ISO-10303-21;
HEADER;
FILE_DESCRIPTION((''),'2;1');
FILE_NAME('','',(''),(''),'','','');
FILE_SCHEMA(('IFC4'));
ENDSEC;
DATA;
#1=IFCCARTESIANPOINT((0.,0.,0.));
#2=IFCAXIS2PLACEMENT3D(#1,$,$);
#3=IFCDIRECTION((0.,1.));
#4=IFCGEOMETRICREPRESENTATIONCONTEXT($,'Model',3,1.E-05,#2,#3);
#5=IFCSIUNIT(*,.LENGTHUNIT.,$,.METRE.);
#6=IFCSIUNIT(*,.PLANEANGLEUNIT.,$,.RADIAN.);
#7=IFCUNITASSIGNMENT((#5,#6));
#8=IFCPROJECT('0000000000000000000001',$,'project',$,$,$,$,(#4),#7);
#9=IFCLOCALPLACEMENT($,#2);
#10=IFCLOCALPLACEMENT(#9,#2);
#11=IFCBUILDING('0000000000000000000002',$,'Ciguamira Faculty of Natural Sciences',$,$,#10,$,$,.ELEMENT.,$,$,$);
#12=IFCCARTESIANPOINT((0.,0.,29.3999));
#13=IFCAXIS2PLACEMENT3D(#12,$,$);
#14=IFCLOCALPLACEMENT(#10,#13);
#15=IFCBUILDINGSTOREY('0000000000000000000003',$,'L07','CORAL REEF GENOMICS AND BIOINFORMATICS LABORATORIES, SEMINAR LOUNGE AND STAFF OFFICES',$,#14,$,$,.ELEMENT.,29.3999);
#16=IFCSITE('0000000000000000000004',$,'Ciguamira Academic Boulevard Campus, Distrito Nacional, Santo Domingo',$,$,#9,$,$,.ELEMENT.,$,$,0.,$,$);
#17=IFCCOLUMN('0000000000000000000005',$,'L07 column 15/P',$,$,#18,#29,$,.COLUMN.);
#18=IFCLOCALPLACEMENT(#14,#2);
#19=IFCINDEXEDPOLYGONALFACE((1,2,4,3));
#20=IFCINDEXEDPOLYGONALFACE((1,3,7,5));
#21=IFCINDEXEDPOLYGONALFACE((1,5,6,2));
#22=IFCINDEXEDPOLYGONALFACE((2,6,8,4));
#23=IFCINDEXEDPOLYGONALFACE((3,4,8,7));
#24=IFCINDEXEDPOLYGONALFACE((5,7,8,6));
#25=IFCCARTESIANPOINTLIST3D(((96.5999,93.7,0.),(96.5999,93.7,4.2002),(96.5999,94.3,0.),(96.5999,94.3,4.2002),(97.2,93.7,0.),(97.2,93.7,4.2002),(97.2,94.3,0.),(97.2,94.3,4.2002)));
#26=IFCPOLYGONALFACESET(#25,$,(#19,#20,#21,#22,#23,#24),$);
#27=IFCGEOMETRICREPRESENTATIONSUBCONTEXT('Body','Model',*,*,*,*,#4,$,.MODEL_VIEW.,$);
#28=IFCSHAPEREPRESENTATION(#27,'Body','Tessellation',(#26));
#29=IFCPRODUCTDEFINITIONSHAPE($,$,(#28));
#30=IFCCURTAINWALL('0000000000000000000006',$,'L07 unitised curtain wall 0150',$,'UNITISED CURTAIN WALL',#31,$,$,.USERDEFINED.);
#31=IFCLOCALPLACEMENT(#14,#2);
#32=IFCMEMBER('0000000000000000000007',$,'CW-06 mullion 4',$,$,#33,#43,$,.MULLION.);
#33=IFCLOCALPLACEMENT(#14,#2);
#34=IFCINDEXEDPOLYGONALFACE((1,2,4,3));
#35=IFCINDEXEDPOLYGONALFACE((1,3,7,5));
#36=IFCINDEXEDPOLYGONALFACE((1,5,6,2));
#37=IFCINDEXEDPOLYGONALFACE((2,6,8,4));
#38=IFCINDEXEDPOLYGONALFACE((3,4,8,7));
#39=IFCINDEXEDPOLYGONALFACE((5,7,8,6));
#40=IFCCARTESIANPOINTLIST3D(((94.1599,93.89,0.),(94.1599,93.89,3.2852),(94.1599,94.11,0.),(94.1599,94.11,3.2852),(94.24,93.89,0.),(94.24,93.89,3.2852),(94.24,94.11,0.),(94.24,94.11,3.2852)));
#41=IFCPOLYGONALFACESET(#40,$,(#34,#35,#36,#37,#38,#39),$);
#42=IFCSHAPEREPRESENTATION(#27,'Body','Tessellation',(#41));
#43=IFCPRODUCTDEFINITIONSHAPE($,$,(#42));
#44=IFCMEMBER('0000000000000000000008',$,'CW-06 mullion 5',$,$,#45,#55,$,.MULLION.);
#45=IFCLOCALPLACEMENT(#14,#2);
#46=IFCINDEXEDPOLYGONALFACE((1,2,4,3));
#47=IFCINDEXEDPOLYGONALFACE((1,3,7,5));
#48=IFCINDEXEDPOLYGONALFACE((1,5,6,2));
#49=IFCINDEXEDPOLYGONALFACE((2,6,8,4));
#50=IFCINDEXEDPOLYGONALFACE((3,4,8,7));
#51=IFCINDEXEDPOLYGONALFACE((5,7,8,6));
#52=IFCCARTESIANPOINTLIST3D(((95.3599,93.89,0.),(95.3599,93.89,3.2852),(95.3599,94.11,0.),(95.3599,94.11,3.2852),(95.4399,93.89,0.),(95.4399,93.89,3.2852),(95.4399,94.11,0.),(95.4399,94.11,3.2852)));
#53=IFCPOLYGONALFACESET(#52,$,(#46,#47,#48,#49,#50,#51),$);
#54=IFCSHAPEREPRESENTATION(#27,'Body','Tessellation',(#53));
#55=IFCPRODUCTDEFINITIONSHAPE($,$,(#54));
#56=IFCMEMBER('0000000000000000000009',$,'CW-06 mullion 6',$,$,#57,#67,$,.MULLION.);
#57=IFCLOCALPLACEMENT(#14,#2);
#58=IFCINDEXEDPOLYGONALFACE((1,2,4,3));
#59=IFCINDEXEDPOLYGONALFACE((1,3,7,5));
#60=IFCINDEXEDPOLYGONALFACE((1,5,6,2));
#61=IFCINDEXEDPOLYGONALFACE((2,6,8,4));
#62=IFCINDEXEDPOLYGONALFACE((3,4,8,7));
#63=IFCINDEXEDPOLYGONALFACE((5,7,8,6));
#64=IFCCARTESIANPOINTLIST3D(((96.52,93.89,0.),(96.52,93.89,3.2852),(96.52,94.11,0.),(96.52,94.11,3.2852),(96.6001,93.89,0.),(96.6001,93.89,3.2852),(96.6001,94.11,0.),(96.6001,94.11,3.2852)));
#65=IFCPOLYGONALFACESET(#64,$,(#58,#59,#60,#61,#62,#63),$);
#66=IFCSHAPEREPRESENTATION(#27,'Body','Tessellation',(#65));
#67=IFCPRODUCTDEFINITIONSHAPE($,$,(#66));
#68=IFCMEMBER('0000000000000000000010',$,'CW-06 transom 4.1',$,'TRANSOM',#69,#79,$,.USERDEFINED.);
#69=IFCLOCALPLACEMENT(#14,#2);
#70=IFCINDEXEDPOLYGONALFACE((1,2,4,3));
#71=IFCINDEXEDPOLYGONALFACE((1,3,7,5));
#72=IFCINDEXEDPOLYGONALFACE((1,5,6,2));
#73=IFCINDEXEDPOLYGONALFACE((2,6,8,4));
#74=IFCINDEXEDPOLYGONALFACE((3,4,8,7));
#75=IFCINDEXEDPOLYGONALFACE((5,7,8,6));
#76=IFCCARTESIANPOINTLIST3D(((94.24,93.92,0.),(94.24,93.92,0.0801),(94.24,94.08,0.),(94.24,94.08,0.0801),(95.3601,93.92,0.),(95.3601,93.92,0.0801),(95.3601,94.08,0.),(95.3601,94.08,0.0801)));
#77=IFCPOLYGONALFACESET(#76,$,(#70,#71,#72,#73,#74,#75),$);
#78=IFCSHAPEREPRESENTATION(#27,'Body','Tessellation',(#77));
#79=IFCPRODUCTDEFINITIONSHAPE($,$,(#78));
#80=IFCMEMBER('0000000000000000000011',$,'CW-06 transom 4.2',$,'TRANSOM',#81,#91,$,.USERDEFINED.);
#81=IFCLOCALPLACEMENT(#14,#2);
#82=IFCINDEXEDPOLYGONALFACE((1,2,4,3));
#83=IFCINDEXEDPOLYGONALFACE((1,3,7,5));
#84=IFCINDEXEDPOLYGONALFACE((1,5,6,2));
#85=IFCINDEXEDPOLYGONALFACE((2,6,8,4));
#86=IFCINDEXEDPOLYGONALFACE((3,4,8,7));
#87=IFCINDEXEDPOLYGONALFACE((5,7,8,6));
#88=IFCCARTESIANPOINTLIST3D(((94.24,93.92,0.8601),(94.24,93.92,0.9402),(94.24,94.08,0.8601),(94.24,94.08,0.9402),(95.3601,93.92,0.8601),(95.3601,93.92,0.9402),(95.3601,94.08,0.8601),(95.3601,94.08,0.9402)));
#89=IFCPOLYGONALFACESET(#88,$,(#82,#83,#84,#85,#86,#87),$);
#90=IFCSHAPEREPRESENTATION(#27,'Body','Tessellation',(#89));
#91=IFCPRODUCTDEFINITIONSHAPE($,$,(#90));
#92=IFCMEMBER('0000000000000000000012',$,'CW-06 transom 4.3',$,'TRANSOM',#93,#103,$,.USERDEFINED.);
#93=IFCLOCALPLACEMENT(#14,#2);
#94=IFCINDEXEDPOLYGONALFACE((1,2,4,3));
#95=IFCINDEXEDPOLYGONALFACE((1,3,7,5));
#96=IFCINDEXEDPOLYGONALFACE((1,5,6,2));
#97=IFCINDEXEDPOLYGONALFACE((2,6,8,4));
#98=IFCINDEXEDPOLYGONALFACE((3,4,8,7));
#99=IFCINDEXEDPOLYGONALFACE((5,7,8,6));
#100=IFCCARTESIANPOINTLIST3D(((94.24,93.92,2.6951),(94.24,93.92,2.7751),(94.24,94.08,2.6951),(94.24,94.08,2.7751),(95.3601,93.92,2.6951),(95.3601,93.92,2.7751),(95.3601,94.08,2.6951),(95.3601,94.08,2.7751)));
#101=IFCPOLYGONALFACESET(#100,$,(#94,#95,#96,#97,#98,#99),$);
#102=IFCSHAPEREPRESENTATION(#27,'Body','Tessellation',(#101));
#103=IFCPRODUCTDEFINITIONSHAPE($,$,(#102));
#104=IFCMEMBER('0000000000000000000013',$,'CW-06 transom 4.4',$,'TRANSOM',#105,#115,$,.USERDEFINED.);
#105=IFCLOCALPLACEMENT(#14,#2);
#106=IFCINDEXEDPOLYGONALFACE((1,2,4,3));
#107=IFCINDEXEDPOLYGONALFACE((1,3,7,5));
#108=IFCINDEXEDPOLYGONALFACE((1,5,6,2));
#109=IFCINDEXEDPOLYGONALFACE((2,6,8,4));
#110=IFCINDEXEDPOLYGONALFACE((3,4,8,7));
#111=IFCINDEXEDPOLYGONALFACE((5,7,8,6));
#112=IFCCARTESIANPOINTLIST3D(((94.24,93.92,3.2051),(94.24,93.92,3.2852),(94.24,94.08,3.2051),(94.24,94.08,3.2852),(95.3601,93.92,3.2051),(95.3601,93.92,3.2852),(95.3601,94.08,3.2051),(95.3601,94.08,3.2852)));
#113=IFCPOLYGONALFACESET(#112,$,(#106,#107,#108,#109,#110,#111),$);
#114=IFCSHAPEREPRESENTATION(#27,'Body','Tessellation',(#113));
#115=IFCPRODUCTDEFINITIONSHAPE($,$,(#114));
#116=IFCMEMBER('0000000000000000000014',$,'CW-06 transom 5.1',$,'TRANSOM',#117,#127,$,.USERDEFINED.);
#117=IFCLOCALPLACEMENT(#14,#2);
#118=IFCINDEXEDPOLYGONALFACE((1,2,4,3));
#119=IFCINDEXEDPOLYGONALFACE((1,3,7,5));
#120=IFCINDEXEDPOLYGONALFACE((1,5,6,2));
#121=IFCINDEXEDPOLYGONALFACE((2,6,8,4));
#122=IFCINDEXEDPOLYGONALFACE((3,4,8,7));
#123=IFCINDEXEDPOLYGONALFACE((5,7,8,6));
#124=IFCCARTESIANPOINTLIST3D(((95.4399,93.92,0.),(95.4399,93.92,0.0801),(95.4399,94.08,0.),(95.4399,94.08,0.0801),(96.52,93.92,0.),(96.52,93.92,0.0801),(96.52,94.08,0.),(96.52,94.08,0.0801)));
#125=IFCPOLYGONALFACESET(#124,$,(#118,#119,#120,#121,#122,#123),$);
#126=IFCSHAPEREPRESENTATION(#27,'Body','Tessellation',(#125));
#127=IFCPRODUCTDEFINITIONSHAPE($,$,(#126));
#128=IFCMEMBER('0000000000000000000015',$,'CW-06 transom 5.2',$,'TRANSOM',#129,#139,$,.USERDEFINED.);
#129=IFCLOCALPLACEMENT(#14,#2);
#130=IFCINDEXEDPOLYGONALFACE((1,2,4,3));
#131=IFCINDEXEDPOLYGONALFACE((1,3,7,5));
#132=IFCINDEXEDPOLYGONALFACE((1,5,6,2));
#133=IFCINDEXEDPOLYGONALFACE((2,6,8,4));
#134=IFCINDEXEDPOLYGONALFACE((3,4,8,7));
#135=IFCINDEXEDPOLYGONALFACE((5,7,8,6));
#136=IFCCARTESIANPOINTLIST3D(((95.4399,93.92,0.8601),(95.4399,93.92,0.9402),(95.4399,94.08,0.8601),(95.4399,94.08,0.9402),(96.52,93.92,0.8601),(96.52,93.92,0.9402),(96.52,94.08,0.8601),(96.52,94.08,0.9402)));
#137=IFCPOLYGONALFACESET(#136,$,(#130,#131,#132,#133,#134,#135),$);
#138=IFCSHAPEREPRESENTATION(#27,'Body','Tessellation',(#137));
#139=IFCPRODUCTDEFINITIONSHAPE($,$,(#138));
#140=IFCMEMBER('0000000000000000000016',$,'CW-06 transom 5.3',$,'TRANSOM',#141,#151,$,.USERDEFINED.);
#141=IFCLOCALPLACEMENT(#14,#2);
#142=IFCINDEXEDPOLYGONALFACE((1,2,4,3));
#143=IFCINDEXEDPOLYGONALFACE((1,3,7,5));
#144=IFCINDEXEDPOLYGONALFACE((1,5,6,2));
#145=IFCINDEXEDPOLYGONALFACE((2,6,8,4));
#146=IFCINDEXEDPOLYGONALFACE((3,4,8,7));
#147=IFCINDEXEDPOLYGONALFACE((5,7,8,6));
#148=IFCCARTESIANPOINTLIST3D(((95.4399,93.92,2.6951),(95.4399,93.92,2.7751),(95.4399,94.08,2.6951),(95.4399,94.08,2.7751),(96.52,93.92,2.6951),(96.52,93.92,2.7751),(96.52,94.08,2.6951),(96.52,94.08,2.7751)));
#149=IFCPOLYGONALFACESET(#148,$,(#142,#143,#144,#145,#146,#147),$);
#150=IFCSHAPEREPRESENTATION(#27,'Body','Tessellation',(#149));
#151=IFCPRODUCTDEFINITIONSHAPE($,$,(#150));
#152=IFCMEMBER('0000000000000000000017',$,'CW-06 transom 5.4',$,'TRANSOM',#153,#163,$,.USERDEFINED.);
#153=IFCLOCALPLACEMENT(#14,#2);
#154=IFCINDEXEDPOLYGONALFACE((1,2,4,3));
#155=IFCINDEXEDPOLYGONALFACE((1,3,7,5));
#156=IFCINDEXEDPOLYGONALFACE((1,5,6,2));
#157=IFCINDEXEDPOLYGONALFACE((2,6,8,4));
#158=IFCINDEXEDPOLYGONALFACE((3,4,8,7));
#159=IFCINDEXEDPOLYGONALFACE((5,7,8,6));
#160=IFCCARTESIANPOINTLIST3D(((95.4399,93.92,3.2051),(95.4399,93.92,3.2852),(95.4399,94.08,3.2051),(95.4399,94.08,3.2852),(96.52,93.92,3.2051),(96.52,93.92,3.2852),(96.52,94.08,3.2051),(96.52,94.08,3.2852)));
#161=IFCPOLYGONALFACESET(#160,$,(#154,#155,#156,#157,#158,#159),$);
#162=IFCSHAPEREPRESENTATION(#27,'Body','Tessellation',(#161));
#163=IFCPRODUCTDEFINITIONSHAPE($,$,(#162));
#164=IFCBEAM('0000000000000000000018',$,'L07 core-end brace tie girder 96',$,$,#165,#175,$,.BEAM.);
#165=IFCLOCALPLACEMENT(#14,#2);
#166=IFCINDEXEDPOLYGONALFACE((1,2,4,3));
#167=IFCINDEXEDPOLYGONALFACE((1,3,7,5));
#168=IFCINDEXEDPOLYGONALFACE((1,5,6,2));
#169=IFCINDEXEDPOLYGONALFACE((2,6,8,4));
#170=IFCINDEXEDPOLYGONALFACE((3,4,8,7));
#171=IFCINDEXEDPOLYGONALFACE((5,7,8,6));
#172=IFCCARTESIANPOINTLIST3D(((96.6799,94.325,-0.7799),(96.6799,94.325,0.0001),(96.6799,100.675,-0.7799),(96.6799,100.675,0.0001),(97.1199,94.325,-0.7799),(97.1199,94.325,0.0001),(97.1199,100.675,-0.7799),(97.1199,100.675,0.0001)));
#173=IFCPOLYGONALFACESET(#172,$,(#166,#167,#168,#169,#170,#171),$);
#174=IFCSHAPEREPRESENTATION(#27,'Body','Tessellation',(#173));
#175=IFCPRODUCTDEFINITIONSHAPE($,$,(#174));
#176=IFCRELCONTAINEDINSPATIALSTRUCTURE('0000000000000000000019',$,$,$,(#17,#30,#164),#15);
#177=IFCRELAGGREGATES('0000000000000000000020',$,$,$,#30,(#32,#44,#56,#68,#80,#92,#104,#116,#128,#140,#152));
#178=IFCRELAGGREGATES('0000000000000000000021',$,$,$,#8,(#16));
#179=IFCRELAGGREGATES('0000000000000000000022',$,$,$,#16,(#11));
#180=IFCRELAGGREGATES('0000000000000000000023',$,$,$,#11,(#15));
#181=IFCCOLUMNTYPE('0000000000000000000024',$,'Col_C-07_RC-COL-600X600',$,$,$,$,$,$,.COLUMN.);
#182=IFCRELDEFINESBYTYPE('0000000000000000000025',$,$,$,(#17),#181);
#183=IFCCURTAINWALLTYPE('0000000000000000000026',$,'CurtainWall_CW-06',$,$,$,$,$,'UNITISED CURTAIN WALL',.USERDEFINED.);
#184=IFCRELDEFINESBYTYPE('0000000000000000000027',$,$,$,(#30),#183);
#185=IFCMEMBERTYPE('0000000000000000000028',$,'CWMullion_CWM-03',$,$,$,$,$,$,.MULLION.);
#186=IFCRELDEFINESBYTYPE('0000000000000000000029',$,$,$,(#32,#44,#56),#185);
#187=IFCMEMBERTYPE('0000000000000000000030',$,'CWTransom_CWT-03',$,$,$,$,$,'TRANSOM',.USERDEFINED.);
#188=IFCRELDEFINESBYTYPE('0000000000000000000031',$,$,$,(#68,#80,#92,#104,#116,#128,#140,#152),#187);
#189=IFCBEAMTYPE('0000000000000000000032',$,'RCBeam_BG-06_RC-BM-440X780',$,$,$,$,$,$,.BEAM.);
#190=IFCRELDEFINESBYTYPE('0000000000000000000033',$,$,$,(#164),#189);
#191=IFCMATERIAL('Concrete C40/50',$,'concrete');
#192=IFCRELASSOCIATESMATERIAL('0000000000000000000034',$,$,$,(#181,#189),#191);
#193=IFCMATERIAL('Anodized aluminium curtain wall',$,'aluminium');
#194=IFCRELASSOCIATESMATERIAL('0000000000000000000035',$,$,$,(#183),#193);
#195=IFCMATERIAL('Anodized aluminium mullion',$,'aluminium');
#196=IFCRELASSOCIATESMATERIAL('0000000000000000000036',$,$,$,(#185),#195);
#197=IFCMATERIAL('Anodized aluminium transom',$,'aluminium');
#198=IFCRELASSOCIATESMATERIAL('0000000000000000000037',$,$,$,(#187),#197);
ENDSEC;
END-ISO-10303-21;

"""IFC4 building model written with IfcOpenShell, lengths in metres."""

from ifc_helpers import new_model, si_unit, direction, frame, origin, origin_2d, place, context, subcontext, project, spatial, rectangle, extrude, material, material_profile, profile_set, type_object, element, aggregate, save


model = new_model("IFC4")

# Units and contexts
model_context = context("Model", 3, precision=1e-05, world=origin(), true_north=direction((0.0, 1.0)))
body_context = subcontext(model_context, "Body", "Model", "MODEL_VIEW")
ifc_project = project(units=[si_unit("LENGTHUNIT", "METRE"), si_unit("PLANEANGLEUNIT", "RADIAN")], contexts=[model_context])

# Site, building, storey
site_placement = place(None, origin())
site = spatial("IfcSite", under=ifc_project, at=site_placement, Name="Ciguamira Academic Boulevard Campus, Distrito Nacional, Santo Domingo", CompositionType="ELEMENT", RefElevation=0.0)
building_placement = place(site_placement, origin())
building = spatial("IfcBuilding", under=site, at=building_placement, Name="Ciguamira Faculty of Natural Sciences", CompositionType="ELEMENT")
storey_placement = place(building_placement, frame((0.0, 0.0, 29.3999)))
storey = spatial("IfcBuildingStorey", under=building, at=storey_placement, Name="L07", Description="CORAL REEF GENOMICS AND BIOINFORMATICS LABORATORIES, SEMINAR LOUNGE AND STAFF OFFICES", CompositionType="ELEMENT", Elevation=29.3999)

# Column
ifc_material_1 = material(Name="Concrete C40/50", Category="concrete")
ifc_material_profile_1 = material_profile(ifc_material_1, rectangle(XDim=0.6001, YDim=0.6001, at=origin_2d()), Name="RC-COL-600X600")
ifc_profile_set_1 = profile_set([ifc_material_profile_1], Name="Concrete C40/50")
column_type = type_object("IfcColumnType", Name="Col_C-07_RC-COL-600X600", PredefinedType="COLUMN", material=ifc_profile_set_1)
column_placement = place(storey_placement, frame((96.8999, 94.0, 0.0), z_axis=(0.0, 0.0, 1.0), x_axis=(1.0, 0.0, 0.0)))
element("IfcColumn", 1, at=column_placement, inside=storey, type_object=column_type, Name="L07 column 15/P", PredefinedType="COLUMN", context=body_context, shape_type="SweptSolid", body=[
    extrude(rectangle(XDim=0.6001, YDim=0.6001, at=origin_2d()), origin(), (0.0, 0.0, 1.0), 4.2002),
])

# Curtain wall, members
ifc_material_2 = material(Name="Anodized aluminium curtain wall", Category="aluminium")
curtain_wall_type = type_object("IfcCurtainWallType", Name="CurtainWall_CW-06", ElementType="UNITISED CURTAIN WALL", PredefinedType="USERDEFINED", material=ifc_material_2)
curtain_wall_placement = place(storey_placement, origin())
curtain_wall = element("IfcCurtainWall", 2, at=curtain_wall_placement, inside=storey, type_object=curtain_wall_type, Name="L07 unitised curtain wall 0150", ObjectType="UNITISED CURTAIN WALL", PredefinedType="USERDEFINED")
ifc_material_3 = material(Name="Anodized aluminium mullion", Category="aluminium")
ifc_material_profile_2 = material_profile(ifc_material_3, rectangle(XDim=0.0801, YDim=0.22, at=origin_2d()), Name="ALU-MUL-80X220")
ifc_profile_set_2 = profile_set([ifc_material_profile_2], Name="Anodized aluminium mullion")
member_type_1 = type_object("IfcMemberType", Name="CWMullion_CWM-03", PredefinedType="MULLION", material=ifc_profile_set_2)
member_1_placement = place(storey_placement, frame((94.2, 94.0, 0.0), z_axis=(0.0, 0.0, 1.0), x_axis=(1.0, 0.0, 0.0)))
member_1 = element("IfcMember", 3, at=member_1_placement, type_object=member_type_1, Name="CW-06 mullion 4", PredefinedType="MULLION", context=body_context, shape_type="SweptSolid", body=[
    extrude(rectangle(XDim=0.0801, YDim=0.22, at=origin_2d()), origin(), (0.0, 0.0, 1.0), 3.2852),
])
member_2_placement = place(storey_placement, frame((95.3999, 94.0, 0.0), z_axis=(0.0, 0.0, 1.0), x_axis=(1.0, 0.0, 0.0)))
member_2 = element("IfcMember", 4, at=member_2_placement, type_object=member_type_1, Name="CW-06 mullion 5", PredefinedType="MULLION", context=body_context, shape_type="SweptSolid", body=[
    extrude(rectangle(XDim=0.0801, YDim=0.22, at=origin_2d()), origin(), (0.0, 0.0, 1.0), 3.2852),
])
member_3_placement = place(storey_placement, frame((96.5601, 94.0, 0.0), z_axis=(0.0, 0.0, 1.0), x_axis=(1.0, 0.0, 0.0)))
member_3 = element("IfcMember", 5, at=member_3_placement, type_object=member_type_1, Name="CW-06 mullion 6", PredefinedType="MULLION", context=body_context, shape_type="SweptSolid", body=[
    extrude(rectangle(XDim=0.0801, YDim=0.22, at=origin_2d()), origin(), (0.0, 0.0, 1.0), 3.2852),
])
ifc_material_4 = material(Name="Anodized aluminium transom", Category="aluminium")
ifc_material_profile_3 = material_profile(ifc_material_4, rectangle(XDim=0.0801, YDim=0.1599, at=origin_2d()), Name="ALU-TRN-80X160")
ifc_profile_set_3 = profile_set([ifc_material_profile_3], Name="Anodized aluminium transom")
member_type_2 = type_object("IfcMemberType", Name="CWTransom_CWT-03", ElementType="TRANSOM", PredefinedType="USERDEFINED", material=ifc_profile_set_3)
member_4_placement = place(storey_placement, frame((94.24, 94.0, 0.04), z_axis=(1.0, 0.0, 0.0), x_axis=(0.0, 0.0, 1.0)))
member_4 = element("IfcMember", 6, at=member_4_placement, type_object=member_type_2, Name="CW-06 transom 4.1", ObjectType="TRANSOM", PredefinedType="USERDEFINED", context=body_context, shape_type="SweptSolid", body=[
    extrude(rectangle(XDim=0.0801, YDim=0.1599, at=origin_2d()), origin(), (0.0, 0.0, 1.0), 1.1201),
])
member_5_placement = place(storey_placement, frame((94.24, 94.0, 0.9001), z_axis=(1.0, 0.0, 0.0), x_axis=(0.0, 0.0, 1.0)))
member_5 = element("IfcMember", 7, at=member_5_placement, type_object=member_type_2, Name="CW-06 transom 4.2", ObjectType="TRANSOM", PredefinedType="USERDEFINED", context=body_context, shape_type="SweptSolid", body=[
    extrude(rectangle(XDim=0.0801, YDim=0.1599, at=origin_2d()), origin(), (0.0, 0.0, 1.0), 1.1201),
])
member_6_placement = place(storey_placement, frame((94.24, 94.0, 2.7351), z_axis=(1.0, 0.0, 0.0), x_axis=(0.0, 0.0, 1.0)))
member_6 = element("IfcMember", 8, at=member_6_placement, type_object=member_type_2, Name="CW-06 transom 4.3", ObjectType="TRANSOM", PredefinedType="USERDEFINED", context=body_context, shape_type="SweptSolid", body=[
    extrude(rectangle(XDim=0.0801, YDim=0.1599, at=origin_2d()), origin(), (0.0, 0.0, 1.0), 1.1201),
])
member_7_placement = place(storey_placement, frame((94.24, 94.0, 3.2451), z_axis=(1.0, 0.0, 0.0), x_axis=(0.0, 0.0, 1.0)))
member_7 = element("IfcMember", 9, at=member_7_placement, type_object=member_type_2, Name="CW-06 transom 4.4", ObjectType="TRANSOM", PredefinedType="USERDEFINED", context=body_context, shape_type="SweptSolid", body=[
    extrude(rectangle(XDim=0.0801, YDim=0.1599, at=origin_2d()), origin(), (0.0, 0.0, 1.0), 1.1201),
])
member_8_placement = place(storey_placement, frame((95.4399, 94.0, 0.04), z_axis=(1.0, 0.0, 0.0), x_axis=(0.0, 0.0, 1.0)))
member_8 = element("IfcMember", 10, at=member_8_placement, type_object=member_type_2, Name="CW-06 transom 5.1", ObjectType="TRANSOM", PredefinedType="USERDEFINED", context=body_context, shape_type="SweptSolid", body=[
    extrude(rectangle(XDim=0.0801, YDim=0.1599, at=origin_2d()), origin(), (0.0, 0.0, 1.0), 1.0801),
])
member_9_placement = place(storey_placement, frame((95.4399, 94.0, 0.9001), z_axis=(1.0, 0.0, 0.0), x_axis=(0.0, 0.0, 1.0)))
member_9 = element("IfcMember", 11, at=member_9_placement, type_object=member_type_2, Name="CW-06 transom 5.2", ObjectType="TRANSOM", PredefinedType="USERDEFINED", context=body_context, shape_type="SweptSolid", body=[
    extrude(rectangle(XDim=0.0801, YDim=0.1599, at=origin_2d()), origin(), (0.0, 0.0, 1.0), 1.0801),
])
member_10_placement = place(storey_placement, frame((95.4399, 94.0, 2.7351), z_axis=(1.0, 0.0, 0.0), x_axis=(0.0, 0.0, 1.0)))
member_10 = element("IfcMember", 12, at=member_10_placement, type_object=member_type_2, Name="CW-06 transom 5.3", ObjectType="TRANSOM", PredefinedType="USERDEFINED", context=body_context, shape_type="SweptSolid", body=[
    extrude(rectangle(XDim=0.0801, YDim=0.1599, at=origin_2d()), origin(), (0.0, 0.0, 1.0), 1.0801),
])
member_11_placement = place(storey_placement, frame((95.4399, 94.0, 3.2451), z_axis=(1.0, 0.0, 0.0), x_axis=(0.0, 0.0, 1.0)))
member_11 = element("IfcMember", 13, at=member_11_placement, type_object=member_type_2, Name="CW-06 transom 5.4", ObjectType="TRANSOM", PredefinedType="USERDEFINED", context=body_context, shape_type="SweptSolid", body=[
    extrude(rectangle(XDim=0.0801, YDim=0.1599, at=origin_2d()), origin(), (0.0, 0.0, 1.0), 1.0801),
])

# Beam
ifc_material_profile_4 = material_profile(ifc_material_1, rectangle(XDim=0.4399, YDim=0.78, at=origin_2d()), Name="RC-BM-440X780")
ifc_profile_set_4 = profile_set([ifc_material_profile_4], Name="Concrete C40/50")
beam_type = type_object("IfcBeamType", Name="RCBeam_BG-06_RC-BM-440X780", PredefinedType="BEAM", material=ifc_profile_set_4)
beam_placement = place(storey_placement, frame((96.8999, 94.325, -0.3899), z_axis=(0.0, 1.0, 0.0), x_axis=(-1.0, 0.0, 0.0)))
element("IfcBeam", 14, at=beam_placement, inside=storey, type_object=beam_type, Name="L07 core-end brace tie girder 96", PredefinedType="BEAM", context=body_context, shape_type="SweptSolid", body=[
    extrude(rectangle(XDim=0.4399, YDim=0.78, at=origin_2d()), origin(), (0.0, 0.0, 1.0), 6.3501),
])

aggregate(curtain_wall, [member_1, member_2, member_3, member_4, member_5, member_6, member_7, member_8, member_9, member_10, member_11])

save(model, "model.ifc")
